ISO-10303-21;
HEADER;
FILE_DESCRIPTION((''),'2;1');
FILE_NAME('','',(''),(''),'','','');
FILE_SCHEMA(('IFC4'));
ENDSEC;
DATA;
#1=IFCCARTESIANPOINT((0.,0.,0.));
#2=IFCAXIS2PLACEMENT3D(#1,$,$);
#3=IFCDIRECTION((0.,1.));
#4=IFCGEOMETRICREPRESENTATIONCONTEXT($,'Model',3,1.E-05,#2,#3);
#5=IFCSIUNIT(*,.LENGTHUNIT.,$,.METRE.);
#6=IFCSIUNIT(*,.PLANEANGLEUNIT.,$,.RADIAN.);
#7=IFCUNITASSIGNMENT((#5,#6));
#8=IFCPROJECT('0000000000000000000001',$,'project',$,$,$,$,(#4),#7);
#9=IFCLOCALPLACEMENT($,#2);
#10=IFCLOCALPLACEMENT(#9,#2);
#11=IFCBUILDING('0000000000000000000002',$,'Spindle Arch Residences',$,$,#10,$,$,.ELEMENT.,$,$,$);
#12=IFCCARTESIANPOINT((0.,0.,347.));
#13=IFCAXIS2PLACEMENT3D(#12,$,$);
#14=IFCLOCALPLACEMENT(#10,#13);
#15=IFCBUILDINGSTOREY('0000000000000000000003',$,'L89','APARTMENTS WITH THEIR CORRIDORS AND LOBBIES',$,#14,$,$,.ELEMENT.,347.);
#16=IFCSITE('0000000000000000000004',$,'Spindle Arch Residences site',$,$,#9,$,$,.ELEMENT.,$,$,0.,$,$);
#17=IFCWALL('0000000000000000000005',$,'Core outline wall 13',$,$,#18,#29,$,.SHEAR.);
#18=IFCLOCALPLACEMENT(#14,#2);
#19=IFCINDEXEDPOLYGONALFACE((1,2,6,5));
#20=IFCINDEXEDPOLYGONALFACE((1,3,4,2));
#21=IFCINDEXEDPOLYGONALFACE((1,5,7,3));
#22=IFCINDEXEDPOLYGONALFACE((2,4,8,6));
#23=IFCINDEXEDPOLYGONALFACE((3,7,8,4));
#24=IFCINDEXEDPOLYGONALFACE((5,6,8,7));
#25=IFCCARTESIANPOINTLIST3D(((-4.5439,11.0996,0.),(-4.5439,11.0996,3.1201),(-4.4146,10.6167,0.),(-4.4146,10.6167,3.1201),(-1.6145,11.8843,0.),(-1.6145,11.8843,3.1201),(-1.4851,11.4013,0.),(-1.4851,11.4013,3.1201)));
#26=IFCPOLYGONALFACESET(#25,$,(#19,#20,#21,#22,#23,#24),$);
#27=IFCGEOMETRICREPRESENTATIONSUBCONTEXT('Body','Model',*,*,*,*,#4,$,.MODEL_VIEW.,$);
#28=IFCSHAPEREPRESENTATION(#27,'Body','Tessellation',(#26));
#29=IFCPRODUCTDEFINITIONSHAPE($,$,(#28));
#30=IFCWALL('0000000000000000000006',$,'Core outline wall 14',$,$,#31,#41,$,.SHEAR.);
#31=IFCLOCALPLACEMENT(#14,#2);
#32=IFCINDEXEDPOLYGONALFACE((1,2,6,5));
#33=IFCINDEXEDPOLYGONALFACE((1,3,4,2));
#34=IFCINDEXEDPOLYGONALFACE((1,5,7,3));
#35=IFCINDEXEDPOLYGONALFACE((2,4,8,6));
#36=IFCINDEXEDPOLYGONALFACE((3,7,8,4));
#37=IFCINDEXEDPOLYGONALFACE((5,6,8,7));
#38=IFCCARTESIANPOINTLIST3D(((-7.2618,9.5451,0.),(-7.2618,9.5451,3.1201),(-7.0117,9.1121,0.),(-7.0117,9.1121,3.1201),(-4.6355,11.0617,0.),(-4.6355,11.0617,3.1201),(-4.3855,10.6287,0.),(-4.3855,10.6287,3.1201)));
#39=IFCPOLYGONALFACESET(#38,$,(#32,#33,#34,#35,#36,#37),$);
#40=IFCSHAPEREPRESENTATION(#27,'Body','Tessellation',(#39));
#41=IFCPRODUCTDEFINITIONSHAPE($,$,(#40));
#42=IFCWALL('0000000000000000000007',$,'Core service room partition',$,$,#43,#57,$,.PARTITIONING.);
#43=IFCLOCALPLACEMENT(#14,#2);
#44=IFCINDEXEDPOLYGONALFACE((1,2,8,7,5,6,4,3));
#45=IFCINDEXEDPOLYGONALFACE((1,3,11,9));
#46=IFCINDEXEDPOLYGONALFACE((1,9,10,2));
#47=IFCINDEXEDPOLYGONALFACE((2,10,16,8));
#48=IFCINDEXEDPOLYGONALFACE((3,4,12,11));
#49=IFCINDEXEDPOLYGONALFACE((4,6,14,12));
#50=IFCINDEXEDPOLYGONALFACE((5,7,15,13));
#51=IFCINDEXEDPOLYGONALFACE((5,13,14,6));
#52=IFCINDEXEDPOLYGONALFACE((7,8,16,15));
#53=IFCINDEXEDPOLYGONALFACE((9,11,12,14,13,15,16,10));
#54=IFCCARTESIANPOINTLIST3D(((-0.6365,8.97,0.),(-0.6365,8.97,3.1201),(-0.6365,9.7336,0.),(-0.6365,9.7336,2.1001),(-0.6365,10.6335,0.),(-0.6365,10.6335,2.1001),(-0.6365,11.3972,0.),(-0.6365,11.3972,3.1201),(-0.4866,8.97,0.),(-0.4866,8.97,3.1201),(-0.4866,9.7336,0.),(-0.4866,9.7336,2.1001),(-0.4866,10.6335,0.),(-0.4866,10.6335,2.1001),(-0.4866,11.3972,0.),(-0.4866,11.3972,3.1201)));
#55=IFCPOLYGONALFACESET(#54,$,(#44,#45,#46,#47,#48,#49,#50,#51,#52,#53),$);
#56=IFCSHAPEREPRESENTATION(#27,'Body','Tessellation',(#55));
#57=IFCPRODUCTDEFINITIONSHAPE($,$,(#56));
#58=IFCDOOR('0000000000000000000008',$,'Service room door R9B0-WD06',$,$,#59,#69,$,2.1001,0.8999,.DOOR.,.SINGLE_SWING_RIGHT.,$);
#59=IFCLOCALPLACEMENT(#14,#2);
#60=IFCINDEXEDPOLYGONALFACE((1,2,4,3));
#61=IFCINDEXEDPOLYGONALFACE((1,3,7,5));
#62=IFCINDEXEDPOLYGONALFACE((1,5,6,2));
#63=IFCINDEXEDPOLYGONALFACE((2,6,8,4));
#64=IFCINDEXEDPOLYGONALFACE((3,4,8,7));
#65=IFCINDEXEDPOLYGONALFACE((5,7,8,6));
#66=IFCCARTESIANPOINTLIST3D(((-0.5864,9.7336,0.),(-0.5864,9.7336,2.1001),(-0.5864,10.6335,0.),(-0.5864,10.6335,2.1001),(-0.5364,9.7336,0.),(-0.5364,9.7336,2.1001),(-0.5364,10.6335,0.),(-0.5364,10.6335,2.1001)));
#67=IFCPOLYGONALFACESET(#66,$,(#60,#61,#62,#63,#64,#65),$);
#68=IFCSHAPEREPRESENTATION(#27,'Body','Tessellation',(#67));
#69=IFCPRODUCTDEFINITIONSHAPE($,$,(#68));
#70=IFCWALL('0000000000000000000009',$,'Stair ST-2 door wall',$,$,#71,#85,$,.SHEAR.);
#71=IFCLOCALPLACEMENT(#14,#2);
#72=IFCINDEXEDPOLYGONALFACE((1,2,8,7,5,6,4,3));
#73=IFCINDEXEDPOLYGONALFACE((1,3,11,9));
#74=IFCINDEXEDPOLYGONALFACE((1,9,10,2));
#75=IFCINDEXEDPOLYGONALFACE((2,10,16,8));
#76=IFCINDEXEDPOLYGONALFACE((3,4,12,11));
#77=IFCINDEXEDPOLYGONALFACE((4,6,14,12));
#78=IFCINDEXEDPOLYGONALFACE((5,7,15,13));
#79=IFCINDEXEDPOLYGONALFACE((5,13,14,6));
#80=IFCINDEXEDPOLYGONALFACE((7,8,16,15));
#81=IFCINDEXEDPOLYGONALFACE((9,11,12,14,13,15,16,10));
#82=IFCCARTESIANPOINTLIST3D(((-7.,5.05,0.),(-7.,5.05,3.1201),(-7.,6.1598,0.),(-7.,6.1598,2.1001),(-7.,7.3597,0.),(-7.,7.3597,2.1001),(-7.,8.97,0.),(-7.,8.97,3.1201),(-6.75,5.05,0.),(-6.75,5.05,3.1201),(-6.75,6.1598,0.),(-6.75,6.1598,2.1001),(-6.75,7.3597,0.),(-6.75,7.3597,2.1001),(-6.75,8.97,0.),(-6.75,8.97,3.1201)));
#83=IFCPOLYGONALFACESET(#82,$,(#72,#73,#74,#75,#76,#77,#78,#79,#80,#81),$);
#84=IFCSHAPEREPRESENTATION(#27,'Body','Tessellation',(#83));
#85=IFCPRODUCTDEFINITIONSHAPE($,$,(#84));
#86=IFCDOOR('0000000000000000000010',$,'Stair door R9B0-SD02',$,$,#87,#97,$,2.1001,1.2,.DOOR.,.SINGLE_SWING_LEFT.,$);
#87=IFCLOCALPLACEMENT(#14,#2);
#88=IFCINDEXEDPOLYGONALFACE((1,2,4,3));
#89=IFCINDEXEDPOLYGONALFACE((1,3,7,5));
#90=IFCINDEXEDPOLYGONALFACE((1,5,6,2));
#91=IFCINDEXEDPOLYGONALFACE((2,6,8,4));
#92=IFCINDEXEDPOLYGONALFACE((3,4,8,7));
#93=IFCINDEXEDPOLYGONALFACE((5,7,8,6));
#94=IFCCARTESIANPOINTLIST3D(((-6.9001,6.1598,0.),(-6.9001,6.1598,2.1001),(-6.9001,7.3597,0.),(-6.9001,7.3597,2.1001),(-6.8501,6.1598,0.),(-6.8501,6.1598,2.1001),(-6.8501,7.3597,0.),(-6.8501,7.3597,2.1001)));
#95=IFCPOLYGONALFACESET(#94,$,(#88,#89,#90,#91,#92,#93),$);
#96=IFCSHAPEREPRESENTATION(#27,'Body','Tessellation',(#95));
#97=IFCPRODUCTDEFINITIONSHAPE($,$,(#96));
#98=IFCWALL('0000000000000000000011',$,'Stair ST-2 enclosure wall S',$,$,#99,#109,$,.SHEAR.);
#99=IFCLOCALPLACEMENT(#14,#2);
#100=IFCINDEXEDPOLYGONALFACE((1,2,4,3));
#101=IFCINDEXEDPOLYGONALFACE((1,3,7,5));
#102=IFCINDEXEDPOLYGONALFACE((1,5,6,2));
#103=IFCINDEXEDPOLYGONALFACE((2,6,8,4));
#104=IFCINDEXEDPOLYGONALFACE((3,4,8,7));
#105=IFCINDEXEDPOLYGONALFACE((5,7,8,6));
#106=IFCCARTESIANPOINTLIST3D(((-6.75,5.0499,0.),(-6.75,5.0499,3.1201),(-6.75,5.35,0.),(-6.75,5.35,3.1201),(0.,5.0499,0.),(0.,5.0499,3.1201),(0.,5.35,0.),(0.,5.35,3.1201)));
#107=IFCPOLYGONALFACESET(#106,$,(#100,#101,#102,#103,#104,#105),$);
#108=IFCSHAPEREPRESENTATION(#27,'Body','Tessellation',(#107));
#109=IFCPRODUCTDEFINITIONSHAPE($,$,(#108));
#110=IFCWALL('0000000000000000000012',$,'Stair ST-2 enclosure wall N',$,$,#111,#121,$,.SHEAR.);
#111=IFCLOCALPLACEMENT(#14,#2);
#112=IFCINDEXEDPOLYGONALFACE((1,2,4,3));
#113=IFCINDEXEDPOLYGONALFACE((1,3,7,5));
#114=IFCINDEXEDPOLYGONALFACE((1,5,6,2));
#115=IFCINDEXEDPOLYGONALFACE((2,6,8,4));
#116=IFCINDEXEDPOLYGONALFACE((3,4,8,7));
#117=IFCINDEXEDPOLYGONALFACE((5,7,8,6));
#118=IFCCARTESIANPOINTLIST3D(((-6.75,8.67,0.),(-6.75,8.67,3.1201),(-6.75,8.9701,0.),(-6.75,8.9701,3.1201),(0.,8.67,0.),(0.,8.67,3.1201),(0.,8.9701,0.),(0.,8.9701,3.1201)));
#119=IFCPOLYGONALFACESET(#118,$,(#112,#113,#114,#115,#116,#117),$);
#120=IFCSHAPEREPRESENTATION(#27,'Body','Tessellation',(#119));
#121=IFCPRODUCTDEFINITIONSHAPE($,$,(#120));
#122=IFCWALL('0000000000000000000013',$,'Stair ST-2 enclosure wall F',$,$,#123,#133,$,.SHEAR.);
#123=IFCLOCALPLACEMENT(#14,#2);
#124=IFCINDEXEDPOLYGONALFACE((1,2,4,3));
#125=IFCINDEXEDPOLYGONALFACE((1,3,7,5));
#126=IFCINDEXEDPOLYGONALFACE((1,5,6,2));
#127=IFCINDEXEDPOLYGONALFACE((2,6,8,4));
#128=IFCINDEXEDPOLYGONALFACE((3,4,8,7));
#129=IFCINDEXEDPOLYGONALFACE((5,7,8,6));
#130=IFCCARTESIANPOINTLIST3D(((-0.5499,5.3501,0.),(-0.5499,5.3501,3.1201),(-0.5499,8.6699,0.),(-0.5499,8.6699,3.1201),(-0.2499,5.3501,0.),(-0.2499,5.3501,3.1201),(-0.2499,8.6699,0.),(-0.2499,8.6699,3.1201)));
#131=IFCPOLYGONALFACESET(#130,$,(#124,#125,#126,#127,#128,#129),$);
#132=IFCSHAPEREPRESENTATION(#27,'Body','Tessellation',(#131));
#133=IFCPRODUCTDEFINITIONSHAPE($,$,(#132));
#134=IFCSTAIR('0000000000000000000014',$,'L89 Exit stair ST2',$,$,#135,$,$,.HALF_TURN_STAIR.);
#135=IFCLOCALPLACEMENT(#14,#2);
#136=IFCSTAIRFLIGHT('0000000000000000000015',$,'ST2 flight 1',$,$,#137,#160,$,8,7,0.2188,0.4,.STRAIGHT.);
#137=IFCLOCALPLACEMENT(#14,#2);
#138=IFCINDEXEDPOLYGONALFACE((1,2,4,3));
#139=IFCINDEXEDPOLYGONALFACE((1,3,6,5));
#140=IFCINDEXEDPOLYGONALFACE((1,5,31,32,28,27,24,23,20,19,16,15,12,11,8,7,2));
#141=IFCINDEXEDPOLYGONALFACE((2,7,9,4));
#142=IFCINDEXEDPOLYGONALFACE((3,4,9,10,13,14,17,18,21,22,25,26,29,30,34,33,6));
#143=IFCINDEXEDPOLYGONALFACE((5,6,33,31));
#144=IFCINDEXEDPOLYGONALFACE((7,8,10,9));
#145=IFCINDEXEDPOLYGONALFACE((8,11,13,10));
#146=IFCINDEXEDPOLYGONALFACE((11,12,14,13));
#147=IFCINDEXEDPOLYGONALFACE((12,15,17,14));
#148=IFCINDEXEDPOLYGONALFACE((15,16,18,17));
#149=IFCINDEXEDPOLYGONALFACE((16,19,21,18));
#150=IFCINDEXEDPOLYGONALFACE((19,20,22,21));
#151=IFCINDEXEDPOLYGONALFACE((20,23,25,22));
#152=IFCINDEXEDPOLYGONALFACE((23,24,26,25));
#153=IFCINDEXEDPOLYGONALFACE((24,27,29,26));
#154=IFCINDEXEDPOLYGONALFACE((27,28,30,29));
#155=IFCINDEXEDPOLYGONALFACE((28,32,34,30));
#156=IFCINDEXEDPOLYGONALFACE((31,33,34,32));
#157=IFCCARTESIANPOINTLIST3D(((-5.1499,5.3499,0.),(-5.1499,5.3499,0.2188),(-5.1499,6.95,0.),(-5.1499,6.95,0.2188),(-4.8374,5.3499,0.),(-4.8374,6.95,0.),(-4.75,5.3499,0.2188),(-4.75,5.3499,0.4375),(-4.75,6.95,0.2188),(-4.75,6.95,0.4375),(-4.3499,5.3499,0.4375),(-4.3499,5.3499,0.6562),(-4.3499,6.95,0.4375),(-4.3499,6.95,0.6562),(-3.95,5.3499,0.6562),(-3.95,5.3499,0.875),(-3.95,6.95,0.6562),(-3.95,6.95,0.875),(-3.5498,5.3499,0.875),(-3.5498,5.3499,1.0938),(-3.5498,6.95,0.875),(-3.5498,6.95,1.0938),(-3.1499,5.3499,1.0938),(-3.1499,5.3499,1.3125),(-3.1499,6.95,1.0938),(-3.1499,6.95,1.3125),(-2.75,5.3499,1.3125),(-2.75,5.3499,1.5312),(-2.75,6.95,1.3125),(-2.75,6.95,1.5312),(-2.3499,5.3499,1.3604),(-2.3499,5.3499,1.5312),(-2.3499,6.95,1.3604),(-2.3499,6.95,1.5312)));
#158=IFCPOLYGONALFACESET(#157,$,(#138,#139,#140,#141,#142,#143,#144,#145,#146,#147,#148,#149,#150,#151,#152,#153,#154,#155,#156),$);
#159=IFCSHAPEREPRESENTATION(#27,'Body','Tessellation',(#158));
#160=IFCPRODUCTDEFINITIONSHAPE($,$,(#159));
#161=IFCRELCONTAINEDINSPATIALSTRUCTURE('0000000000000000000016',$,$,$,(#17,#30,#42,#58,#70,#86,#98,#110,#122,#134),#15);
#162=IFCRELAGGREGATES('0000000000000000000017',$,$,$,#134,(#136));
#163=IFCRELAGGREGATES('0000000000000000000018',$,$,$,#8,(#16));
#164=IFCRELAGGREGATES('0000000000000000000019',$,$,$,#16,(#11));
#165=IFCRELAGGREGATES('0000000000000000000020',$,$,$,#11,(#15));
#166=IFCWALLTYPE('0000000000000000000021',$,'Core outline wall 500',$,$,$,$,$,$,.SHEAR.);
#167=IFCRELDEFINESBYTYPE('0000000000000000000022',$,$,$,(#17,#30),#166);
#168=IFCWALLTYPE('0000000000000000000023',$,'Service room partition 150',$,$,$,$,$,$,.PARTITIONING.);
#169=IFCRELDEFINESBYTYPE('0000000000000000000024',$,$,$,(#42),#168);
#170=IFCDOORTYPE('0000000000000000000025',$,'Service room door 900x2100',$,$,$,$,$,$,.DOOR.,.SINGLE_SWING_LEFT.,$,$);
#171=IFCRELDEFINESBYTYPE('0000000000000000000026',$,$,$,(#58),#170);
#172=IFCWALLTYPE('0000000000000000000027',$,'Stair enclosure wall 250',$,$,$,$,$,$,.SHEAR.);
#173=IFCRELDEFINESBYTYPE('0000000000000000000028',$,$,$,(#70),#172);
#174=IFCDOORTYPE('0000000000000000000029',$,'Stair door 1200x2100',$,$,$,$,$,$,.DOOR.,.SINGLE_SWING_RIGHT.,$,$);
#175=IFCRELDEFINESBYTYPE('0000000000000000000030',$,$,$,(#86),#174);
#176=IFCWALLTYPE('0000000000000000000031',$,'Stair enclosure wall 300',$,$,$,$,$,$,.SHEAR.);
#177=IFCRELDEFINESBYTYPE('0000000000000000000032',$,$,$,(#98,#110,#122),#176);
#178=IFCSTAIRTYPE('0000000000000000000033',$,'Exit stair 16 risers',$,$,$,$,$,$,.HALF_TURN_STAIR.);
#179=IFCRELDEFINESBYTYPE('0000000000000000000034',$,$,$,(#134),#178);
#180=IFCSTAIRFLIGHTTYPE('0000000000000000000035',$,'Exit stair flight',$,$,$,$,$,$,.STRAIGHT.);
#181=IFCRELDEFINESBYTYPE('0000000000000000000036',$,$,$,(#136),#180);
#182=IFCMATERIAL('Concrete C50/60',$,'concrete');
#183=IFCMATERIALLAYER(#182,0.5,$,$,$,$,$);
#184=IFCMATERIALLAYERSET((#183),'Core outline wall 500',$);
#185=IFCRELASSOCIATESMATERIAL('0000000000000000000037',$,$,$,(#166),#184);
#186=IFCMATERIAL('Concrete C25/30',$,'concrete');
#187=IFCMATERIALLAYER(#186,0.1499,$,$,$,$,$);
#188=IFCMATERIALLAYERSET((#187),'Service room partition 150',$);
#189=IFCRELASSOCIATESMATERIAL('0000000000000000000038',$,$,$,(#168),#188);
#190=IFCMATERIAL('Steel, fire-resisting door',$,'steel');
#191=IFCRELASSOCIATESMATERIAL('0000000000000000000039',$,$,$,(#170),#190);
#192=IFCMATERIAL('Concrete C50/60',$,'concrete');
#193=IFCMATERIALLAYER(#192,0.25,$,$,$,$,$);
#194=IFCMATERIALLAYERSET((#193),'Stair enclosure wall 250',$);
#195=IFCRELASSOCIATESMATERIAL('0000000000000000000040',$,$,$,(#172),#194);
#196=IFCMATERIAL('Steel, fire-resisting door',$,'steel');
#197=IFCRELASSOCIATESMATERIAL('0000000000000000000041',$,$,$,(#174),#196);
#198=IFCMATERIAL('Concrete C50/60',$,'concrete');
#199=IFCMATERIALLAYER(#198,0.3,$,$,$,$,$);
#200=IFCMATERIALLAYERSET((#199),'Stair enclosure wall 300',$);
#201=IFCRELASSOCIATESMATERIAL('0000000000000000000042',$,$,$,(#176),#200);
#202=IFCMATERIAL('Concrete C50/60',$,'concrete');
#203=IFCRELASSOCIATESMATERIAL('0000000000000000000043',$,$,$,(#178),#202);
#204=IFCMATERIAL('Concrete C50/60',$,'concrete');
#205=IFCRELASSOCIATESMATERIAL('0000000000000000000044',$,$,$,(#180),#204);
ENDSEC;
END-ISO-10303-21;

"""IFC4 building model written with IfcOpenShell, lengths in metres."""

from ifc_helpers import new_model, si_unit, direction, frame, frame_2d, origin, place, context, subcontext, project, spatial, polyline, rectangle, outline, extrude, material, layer, layer_set, type_object, element, fill, aggregate, save


model = new_model("IFC4")

# Units and contexts
model_context = context("Model", 3, precision=1e-05, world=origin(), true_north=direction((0.0, 1.0)))
body_context = subcontext(model_context, "Body", "Model", "MODEL_VIEW")
ifc_project = project(units=[si_unit("LENGTHUNIT", "METRE"), si_unit("PLANEANGLEUNIT", "RADIAN")], contexts=[model_context])

# Site, building, storey
site_placement = place(None, origin())
site = spatial("IfcSite", under=ifc_project, at=site_placement, Name="Spindle Arch Residences site", CompositionType="ELEMENT", RefElevation=0.0)
building_placement = place(site_placement, origin())
building = spatial("IfcBuilding", under=site, at=building_placement, Name="Spindle Arch Residences", CompositionType="ELEMENT")
storey_placement = place(building_placement, frame((0.0, 0.0, 347.0)))
storey = spatial("IfcBuildingStorey", under=building, at=storey_placement, Name="L89", Description="APARTMENTS WITH THEIR CORRIDORS AND LOBBIES", CompositionType="ELEMENT", Elevation=347.0)

# Walls
ifc_material_1 = material(Name="Concrete C50/60", Category="concrete")
ifc_layer_1 = layer(ifc_material_1, 0.5)
ifc_layer_set_1 = layer_set([ifc_layer_1], Name="Core outline wall 500")
wall_type_1 = type_object("IfcWallType", Name="Core outline wall 500", PredefinedType="SHEAR", material=ifc_layer_set_1)
for number, where, z_axis, x_axis, name in (
    (1, (-1.5498, 11.6428, 0.0), (0.0, 0.0, 1.0), (-0.965948, -0.258735, 0.0), "Core outline wall 13"),
    (2, (-4.5105, 10.8452, 0.0), (0.0, 0.0, 1.0), (-0.865975, -0.500087, 0.0), "Core outline wall 14"),
):
    element("IfcWall", number, at=place(storey_placement, frame(where, z_axis=z_axis, x_axis=x_axis)), inside=storey, type_object=wall_type_1, Name=name, PredefinedType="SHEAR", context=body_context, shape_type="SweptSolid", body=[
        extrude(rectangle(XDim=3.0327, YDim=0.5, at=frame_2d((1.5164, 0.0))), origin(), (0.0, 0.0, 1.0), 3.1201),
    ])

# Walls, openings, doors
ifc_material_2 = material(Name="Concrete C25/30", Category="concrete")
ifc_layer_2 = layer(ifc_material_2, 0.1499)
ifc_layer_set_2 = layer_set([ifc_layer_2], Name="Service room partition 150")
wall_type_2 = type_object("IfcWallType", Name="Service room partition 150", PredefinedType="PARTITIONING", material=ifc_layer_set_2)
wall_1_placement = place(storey_placement, frame((-0.5615, 8.97, 0.0), z_axis=(0.0, 0.0, 1.0), x_axis=(0.0, 1.0, 0.0)))
wall_1 = element("IfcWall", 3, at=wall_1_placement, inside=storey, type_object=wall_type_2, Name="Core service room partition", PredefinedType="PARTITIONING", context=body_context, shape_type="SweptSolid", body=[
    extrude(rectangle(XDim=2.4272, YDim=0.1499, at=frame_2d((1.2136, 0.0))), origin(), (0.0, 0.0, 1.0), 3.1201),
])
opening_1_placement = place(wall_1_placement, frame((0.7637, 0.0, 0.0)))
opening_1 = element("IfcOpeningElement", 4, at=opening_1_placement, cuts=wall_1, PredefinedType="OPENING", context=body_context, shape_type="SweptSolid", body=[
    extrude(rectangle(XDim=0.8999, YDim=2.1001, at=frame_2d((0.45, 1.05))), frame((0.0, 0.085, 0.0), z_axis=(0.0, -1.0, 0.0), x_axis=(1.0, 0.0, 0.0)), (0.0, 0.0, 1.0), 0.1699),
])
ifc_material_3 = material(Name="Steel, fire-resisting door", Category="steel")
door_type_1 = type_object("IfcDoorType", Name="Service room door 900x2100", OperationType="SINGLE_SWING_LEFT", PredefinedType="DOOR", material=ifc_material_3)
door_1_placement = place(opening_1_placement, origin())
door_1 = element("IfcDoor", 5, at=door_1_placement, inside=storey, type_object=door_type_1, Name="Service room door R9B0-WD06", OperationType="SINGLE_SWING_RIGHT", OverallHeight=2.1001, OverallWidth=0.8999, PredefinedType="DOOR", context=body_context, shape_type="SweptSolid", body=[
    extrude(rectangle(XDim=0.8999, YDim=2.1001, at=frame_2d((0.45, 1.05))), frame((0.0, 0.0249, 0.0), z_axis=(0.0, -1.0, 0.0), x_axis=(1.0, 0.0, 0.0)), (0.0, 0.0, 1.0), 0.05),
])
fill(opening_1, door_1)
ifc_material_4 = material(Name="Concrete C50/60", Category="concrete")
ifc_layer_3 = layer(ifc_material_4, 0.25)
ifc_layer_set_3 = layer_set([ifc_layer_3], Name="Stair enclosure wall 250")
wall_type_3 = type_object("IfcWallType", Name="Stair enclosure wall 250", PredefinedType="SHEAR", material=ifc_layer_set_3)
wall_2_placement = place(storey_placement, frame((-6.875, 8.97, 0.0), z_axis=(0.0, 0.0, 1.0), x_axis=(0.0, -1.0, 0.0)))
wall_2 = element("IfcWall", 6, at=wall_2_placement, inside=storey, type_object=wall_type_3, Name="Stair ST-2 door wall", PredefinedType="SHEAR", context=body_context, shape_type="SweptSolid", body=[
    extrude(rectangle(XDim=3.9199, YDim=0.25, at=frame_2d((1.96, 0.0))), origin(), (0.0, 0.0, 1.0), 3.1201),
])
opening_2_placement = place(wall_2_placement, frame((1.6101, 0.0, 0.0)))
opening_2 = element("IfcOpeningElement", 7, at=opening_2_placement, cuts=wall_2, PredefinedType="OPENING", context=body_context, shape_type="SweptSolid", body=[
    extrude(rectangle(XDim=1.2, YDim=2.1001, at=frame_2d((0.6001, 1.05))), frame((0.0, 0.135, 0.0), z_axis=(0.0, -1.0, 0.0), x_axis=(1.0, 0.0, 0.0)), (0.0, 0.0, 1.0), 0.27),
])
ifc_material_5 = material(Name="Steel, fire-resisting door", Category="steel")
door_type_2 = type_object("IfcDoorType", Name="Stair door 1200x2100", OperationType="SINGLE_SWING_RIGHT", PredefinedType="DOOR", material=ifc_material_5)
door_2_placement = place(opening_2_placement, origin())
door_2 = element("IfcDoor", 8, at=door_2_placement, inside=storey, type_object=door_type_2, Name="Stair door R9B0-SD02", OperationType="SINGLE_SWING_LEFT", OverallHeight=2.1001, OverallWidth=1.2, PredefinedType="DOOR", context=body_context, shape_type="SweptSolid", body=[
    extrude(rectangle(XDim=1.2, YDim=2.1001, at=frame_2d((0.6001, 1.05))), frame((0.0, 0.0249, 0.0), z_axis=(0.0, -1.0, 0.0), x_axis=(1.0, 0.0, 0.0)), (0.0, 0.0, 1.0), 0.05),
])
fill(opening_2, door_2)

# Walls
ifc_material_6 = material(Name="Concrete C50/60", Category="concrete")
ifc_layer_4 = layer(ifc_material_6, 0.3)
ifc_layer_set_4 = layer_set([ifc_layer_4], Name="Stair enclosure wall 300")
wall_type_4 = type_object("IfcWallType", Name="Stair enclosure wall 300", PredefinedType="SHEAR", material=ifc_layer_set_4)
for number, where, z_axis, x_axis, name in (
    (9, (-6.75, 5.2, 0.0), (0.0, 0.0, 1.0), (1.0, 0.0, 0.0), "Stair ST-2 enclosure wall S"),
    (10, (-6.75, 8.8201, 0.0), (0.0, 0.0, 1.0), (1.0, 0.0, 0.0), "Stair ST-2 enclosure wall N"),
):
    element("IfcWall", number, at=place(storey_placement, frame(where, z_axis=z_axis, x_axis=x_axis)), inside=storey, type_object=wall_type_4, Name=name, PredefinedType="SHEAR", context=body_context, shape_type="SweptSolid", body=[
        extrude(rectangle(XDim=6.75, YDim=0.3, at=frame_2d((3.375, 0.0))), origin(), (0.0, 0.0, 1.0), 3.1201),
    ])
wall_3_placement = place(storey_placement, frame((-0.3999, 5.3501, 0.0), z_axis=(0.0, 0.0, 1.0), x_axis=(0.0, 1.0, 0.0)))
element("IfcWall", 11, at=wall_3_placement, inside=storey, type_object=wall_type_4, Name="Stair ST-2 enclosure wall F", PredefinedType="SHEAR", context=body_context, shape_type="SweptSolid", body=[
    extrude(rectangle(XDim=3.3198, YDim=0.3, at=frame_2d((1.6599, 0.0))), origin(), (0.0, 0.0, 1.0), 3.1201),
])

# Stair, stair flight
ifc_material_7 = material(Name="Concrete C50/60", Category="concrete")
stair_type = type_object("IfcStairType", Name="Exit stair 16 risers", PredefinedType="HALF_TURN_STAIR", material=ifc_material_7)
stair_placement = place(storey_placement, origin())
stair = element("IfcStair", 12, at=stair_placement, inside=storey, type_object=stair_type, Name="L89 Exit stair ST2", PredefinedType="HALF_TURN_STAIR")
ifc_material_8 = material(Name="Concrete C50/60", Category="concrete")
stair_flight_type = type_object("IfcStairFlightType", Name="Exit stair flight", PredefinedType="STRAIGHT", material=ifc_material_8)
stair_flight_1_placement = place(storey_placement, frame((-5.1499, 6.1499, 0.0), z_axis=(0.0, 0.0, 1.0), x_axis=(1.0, 0.0, 0.0)))
stair_flight_1 = element("IfcStairFlight", 13, at=stair_flight_1_placement, type_object=stair_flight_type, Name="ST2 flight 1", NumberOfRisers=8, NumberOfTreads=7, PredefinedType="STRAIGHT", RiserHeight=0.2188, TreadLength=0.4, context=body_context, shape_type="SweptSolid", body=[
    extrude(outline(polyline([(0.0, 0.0), (0.0, 0.2188), (0.3999, 0.2188), (0.3999, 0.4375), (0.8, 0.4375), (0.8, 0.6562), (1.2, 0.6562), (1.2, 0.875), (1.6001, 0.875), (1.6001, 1.0938), (2.0, 1.0938), (2.0, 1.3125), (2.3999, 1.3125), (2.3999, 1.5312), (2.8, 1.5312), (2.8, 1.75), (2.8, 1.3604), (0.3125, 0.0), (0.0, 0.0)])), frame((0.0, 0.8, 0.0), z_axis=(0.0, -1.0, 0.0), x_axis=(1.0, 0.0, 0.0)), (0.0, 0.0, 1.0), 1.6001),
])
aggregate(stair, [stair_flight_1])

save(model, "model.ifc")
